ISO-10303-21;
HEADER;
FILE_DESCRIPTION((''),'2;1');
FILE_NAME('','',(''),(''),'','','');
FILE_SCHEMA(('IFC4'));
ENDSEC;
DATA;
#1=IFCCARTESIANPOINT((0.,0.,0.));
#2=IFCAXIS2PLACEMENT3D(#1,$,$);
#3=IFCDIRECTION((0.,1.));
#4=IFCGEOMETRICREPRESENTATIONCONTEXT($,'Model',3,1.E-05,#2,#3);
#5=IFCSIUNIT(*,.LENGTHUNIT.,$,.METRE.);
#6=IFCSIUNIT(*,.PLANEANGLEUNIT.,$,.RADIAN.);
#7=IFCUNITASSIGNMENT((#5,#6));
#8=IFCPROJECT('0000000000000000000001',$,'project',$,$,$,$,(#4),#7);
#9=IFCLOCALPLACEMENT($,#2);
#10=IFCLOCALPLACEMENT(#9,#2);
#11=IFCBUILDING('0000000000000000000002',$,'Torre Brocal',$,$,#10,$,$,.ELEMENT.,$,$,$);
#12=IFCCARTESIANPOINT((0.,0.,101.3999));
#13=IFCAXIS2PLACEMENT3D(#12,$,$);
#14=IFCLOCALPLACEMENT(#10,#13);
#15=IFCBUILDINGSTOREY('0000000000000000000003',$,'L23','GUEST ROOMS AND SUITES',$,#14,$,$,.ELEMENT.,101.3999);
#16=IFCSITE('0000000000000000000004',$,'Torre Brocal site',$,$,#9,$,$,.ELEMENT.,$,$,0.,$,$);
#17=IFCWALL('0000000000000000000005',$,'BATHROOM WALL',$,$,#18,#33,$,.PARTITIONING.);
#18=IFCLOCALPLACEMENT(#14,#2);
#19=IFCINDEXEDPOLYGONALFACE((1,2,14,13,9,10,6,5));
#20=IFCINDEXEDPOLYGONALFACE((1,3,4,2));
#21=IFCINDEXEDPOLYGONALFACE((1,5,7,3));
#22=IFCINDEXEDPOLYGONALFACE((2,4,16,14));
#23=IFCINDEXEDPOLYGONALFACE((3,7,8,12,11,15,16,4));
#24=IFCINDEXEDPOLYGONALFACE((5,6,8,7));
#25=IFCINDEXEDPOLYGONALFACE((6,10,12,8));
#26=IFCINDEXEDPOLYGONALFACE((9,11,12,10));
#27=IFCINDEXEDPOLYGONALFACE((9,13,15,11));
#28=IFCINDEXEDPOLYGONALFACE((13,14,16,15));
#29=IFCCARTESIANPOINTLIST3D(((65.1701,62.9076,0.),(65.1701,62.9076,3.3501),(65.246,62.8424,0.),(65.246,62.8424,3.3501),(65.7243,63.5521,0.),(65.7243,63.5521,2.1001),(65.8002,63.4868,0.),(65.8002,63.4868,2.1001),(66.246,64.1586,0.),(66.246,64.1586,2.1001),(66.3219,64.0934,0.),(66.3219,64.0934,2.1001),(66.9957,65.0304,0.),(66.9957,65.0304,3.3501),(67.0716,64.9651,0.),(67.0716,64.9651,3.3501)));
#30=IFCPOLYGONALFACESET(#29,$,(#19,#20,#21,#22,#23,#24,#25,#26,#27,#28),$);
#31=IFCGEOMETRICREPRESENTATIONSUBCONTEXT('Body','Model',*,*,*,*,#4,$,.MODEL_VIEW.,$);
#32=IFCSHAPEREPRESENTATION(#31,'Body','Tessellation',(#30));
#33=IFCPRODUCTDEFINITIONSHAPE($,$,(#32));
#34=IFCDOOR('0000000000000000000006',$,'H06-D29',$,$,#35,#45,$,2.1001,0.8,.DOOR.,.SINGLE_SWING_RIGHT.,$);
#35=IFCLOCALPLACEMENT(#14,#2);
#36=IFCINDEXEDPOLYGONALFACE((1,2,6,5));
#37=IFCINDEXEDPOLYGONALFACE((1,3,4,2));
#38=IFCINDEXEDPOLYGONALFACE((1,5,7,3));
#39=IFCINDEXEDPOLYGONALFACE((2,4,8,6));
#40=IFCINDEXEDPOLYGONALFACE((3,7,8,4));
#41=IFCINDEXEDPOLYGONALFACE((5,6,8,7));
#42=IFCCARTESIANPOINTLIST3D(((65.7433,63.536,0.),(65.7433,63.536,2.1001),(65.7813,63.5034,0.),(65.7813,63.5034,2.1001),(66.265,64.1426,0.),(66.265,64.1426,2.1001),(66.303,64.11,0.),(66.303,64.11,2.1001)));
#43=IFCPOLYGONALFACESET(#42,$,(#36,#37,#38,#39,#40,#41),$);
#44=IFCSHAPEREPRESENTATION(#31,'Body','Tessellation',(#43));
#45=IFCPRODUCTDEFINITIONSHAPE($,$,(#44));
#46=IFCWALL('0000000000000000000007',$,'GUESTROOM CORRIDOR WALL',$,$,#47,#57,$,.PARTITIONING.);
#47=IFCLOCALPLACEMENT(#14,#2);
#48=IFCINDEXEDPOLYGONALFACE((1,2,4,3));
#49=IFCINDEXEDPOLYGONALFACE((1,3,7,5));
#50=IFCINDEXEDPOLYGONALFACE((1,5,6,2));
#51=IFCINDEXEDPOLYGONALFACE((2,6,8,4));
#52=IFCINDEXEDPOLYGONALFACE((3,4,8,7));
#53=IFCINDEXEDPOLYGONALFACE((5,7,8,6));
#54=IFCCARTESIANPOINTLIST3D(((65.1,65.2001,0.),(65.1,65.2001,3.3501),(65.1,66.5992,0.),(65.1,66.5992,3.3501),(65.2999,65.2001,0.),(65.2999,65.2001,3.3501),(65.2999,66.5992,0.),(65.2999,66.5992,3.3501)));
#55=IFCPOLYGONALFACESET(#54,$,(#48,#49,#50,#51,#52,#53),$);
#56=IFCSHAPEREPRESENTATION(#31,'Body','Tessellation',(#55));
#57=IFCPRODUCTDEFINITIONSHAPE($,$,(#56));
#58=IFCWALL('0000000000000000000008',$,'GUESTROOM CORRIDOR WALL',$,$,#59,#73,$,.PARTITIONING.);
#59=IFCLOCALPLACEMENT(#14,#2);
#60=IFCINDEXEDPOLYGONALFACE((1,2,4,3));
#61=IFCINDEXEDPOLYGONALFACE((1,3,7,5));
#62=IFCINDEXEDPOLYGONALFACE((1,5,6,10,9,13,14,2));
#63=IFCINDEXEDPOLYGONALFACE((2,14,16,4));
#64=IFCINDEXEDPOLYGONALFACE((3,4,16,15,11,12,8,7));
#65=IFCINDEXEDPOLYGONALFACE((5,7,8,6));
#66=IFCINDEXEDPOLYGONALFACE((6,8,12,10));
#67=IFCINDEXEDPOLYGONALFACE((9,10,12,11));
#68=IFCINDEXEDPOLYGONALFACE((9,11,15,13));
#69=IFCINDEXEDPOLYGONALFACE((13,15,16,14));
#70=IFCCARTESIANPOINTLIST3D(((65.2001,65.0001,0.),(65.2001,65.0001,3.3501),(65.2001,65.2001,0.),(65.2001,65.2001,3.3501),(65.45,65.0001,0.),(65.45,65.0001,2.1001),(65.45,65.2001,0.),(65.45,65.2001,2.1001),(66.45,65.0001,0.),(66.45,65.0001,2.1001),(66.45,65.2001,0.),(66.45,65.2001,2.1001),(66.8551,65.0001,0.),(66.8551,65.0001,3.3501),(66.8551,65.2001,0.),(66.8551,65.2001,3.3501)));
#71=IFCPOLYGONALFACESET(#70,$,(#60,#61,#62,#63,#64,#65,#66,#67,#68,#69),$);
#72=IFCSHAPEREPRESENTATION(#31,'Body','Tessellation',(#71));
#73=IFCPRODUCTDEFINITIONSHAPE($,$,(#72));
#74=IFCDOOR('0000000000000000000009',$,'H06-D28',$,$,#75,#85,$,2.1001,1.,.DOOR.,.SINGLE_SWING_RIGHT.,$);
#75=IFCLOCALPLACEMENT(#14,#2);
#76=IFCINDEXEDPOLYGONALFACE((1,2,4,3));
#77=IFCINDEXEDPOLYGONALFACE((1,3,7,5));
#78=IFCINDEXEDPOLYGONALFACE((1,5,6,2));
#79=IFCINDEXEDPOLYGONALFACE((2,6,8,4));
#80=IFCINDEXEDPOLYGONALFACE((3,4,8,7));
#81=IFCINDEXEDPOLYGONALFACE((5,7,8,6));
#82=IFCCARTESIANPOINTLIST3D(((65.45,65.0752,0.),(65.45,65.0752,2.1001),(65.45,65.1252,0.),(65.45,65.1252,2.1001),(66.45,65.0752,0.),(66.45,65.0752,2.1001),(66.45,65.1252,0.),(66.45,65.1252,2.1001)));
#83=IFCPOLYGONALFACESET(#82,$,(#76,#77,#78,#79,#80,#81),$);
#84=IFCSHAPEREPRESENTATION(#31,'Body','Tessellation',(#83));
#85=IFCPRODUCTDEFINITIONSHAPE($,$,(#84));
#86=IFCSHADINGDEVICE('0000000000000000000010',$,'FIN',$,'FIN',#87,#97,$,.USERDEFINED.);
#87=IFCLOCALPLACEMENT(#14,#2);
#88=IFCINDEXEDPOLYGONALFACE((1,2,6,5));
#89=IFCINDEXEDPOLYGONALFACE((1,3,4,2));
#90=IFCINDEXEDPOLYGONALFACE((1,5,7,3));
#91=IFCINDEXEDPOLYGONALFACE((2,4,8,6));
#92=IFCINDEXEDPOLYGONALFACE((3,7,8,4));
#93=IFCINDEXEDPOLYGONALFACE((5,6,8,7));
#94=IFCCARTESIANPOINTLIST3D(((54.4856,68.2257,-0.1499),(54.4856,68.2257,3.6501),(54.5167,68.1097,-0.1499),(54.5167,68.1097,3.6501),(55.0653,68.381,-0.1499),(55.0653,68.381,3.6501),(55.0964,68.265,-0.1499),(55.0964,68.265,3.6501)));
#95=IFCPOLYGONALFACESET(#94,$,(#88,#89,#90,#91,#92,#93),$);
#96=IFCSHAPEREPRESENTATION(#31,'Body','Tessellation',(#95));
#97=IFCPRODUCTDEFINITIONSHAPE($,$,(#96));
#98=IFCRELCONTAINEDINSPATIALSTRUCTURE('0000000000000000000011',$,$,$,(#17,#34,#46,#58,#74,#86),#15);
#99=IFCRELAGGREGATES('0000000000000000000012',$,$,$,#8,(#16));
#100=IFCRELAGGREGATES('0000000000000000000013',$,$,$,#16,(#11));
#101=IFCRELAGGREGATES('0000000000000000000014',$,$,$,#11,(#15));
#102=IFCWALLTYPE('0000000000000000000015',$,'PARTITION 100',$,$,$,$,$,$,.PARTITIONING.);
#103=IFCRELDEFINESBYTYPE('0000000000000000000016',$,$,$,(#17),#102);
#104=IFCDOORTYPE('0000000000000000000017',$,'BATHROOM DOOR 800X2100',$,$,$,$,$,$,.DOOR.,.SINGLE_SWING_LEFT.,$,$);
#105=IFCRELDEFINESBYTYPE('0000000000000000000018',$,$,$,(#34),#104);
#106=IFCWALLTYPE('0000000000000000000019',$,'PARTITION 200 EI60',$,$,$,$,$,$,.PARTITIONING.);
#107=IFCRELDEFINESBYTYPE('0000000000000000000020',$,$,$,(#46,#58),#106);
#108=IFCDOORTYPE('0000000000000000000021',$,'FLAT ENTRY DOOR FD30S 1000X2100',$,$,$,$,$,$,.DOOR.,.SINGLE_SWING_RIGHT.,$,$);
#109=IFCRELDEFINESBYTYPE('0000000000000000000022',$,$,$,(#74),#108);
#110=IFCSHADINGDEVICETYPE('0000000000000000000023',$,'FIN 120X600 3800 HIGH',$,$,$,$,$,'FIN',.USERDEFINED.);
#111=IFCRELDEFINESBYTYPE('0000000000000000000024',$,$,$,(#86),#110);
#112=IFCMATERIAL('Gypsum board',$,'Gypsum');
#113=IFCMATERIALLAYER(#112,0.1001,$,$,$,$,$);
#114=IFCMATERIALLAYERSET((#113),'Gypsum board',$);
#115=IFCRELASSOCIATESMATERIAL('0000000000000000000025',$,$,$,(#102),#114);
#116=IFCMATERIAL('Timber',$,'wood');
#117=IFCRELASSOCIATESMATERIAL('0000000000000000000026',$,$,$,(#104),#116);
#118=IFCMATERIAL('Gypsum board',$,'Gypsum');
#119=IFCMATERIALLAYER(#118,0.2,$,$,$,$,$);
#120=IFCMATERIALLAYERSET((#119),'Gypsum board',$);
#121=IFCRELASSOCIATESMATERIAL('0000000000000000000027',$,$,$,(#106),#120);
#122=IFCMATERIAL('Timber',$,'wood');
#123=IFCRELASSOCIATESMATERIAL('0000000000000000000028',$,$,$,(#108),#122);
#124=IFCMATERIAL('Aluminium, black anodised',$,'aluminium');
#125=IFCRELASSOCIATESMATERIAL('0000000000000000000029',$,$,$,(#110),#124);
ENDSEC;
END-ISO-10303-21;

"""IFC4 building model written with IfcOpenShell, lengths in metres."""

from ifc_helpers import new_model, si_unit, direction, frame, frame_2d, origin, origin_2d, place, context, subcontext, project, spatial, rectangle, extrude, material, layer, layer_set, material_profile, profile_set, type_object, element, fill, save


model = new_model("IFC4")

# Units and contexts
model_context = context("Model", 3, precision=1e-05, world=origin(), true_north=direction((0.0, 1.0)))
body_context = subcontext(model_context, "Body", "Model", "MODEL_VIEW")
ifc_project = project(units=[si_unit("LENGTHUNIT", "METRE"), si_unit("PLANEANGLEUNIT", "RADIAN")], contexts=[model_context])

# Site, building, storey
site_placement = place(None, origin())
site = spatial("IfcSite", under=ifc_project, at=site_placement, Name="Torre Brocal site", CompositionType="ELEMENT", RefElevation=0.0)
building_placement = place(site_placement, origin())
building = spatial("IfcBuilding", under=site, at=building_placement, Name="Torre Brocal", CompositionType="ELEMENT")
storey_placement = place(building_placement, frame((0.0, 0.0, 101.3999)))
storey = spatial("IfcBuildingStorey", under=building, at=storey_placement, Name="L23", Description="GUEST ROOMS AND SUITES", CompositionType="ELEMENT", Elevation=101.3999)

# Shared definitions
ifc_material_1 = material(Name="Gypsum board", Category="Gypsum")
ifc_layer_1 = layer(ifc_material_1, 0.1001)
ifc_layer_set_1 = layer_set([ifc_layer_1], Name="Gypsum board")
wall_type_1 = type_object("IfcWallType", Name="PARTITION 100", PredefinedType="PARTITIONING", material=ifc_layer_set_1)

# Wall, opening, door
wall_1_placement = place(storey_placement, frame((65.208, 62.875, 0.0), z_axis=(0.0, 0.0, 1.0), x_axis=(0.652054, 0.758172, 0.0)))
wall_1 = element("IfcWall", 1, at=wall_1_placement, inside=storey, type_object=wall_type_1, Name="BATHROOM WALL", PredefinedType="PARTITIONING", context=body_context, shape_type="SweptSolid", body=[
    extrude(rectangle(XDim=2.7998, YDim=0.1001, at=frame_2d((1.3999, 0.0))), origin(), (0.0, 0.0, 1.0), 3.3501),
])
opening_1_placement = place(wall_1_placement, frame((0.8501, 0.0, 0.0)))
opening_1 = element("IfcOpeningElement", 2, at=opening_1_placement, cuts=wall_1, PredefinedType="OPENING", context=body_context, shape_type="SweptSolid", body=[
    extrude(rectangle(XDim=0.8, YDim=2.1001, at=frame_2d((0.3999, 1.05))), frame((0.0, 0.0601, 0.0), z_axis=(0.0, -1.0, 0.0), x_axis=(1.0, 0.0, 0.0)), (0.0, 0.0, 1.0), 0.1201),
])
ifc_material_2 = material(Name="Timber", Category="wood")
door_type_1 = type_object("IfcDoorType", Name="BATHROOM DOOR 800X2100", OperationType="SINGLE_SWING_LEFT", PredefinedType="DOOR", material=ifc_material_2)
door_1_placement = place(opening_1_placement, frame((0.8, 0.0, 0.0), z_axis=(0.0, 0.0, 1.0), x_axis=(-1.0, 0.0, 0.0)))
door_1 = element("IfcDoor", 3, at=door_1_placement, inside=storey, type_object=door_type_1, Name="H06-D29", OperationType="SINGLE_SWING_RIGHT", OverallHeight=2.1001, OverallWidth=0.8, PredefinedType="DOOR", context=body_context, shape_type="SweptSolid", body=[
    extrude(rectangle(XDim=0.8, YDim=2.1001, at=frame_2d((0.3999, 1.05))), frame((0.0, 0.0249, 0.0), z_axis=(0.0, -1.0, 0.0), x_axis=(1.0, 0.0, 0.0)), (0.0, 0.0, 1.0), 0.05),
])
fill(opening_1, door_1)

# Wall
ifc_material_3 = material(Name="Gypsum board", Category="Gypsum")
ifc_layer_2 = layer(ifc_material_3, 0.2)
ifc_layer_set_2 = layer_set([ifc_layer_2], Name="Gypsum board")
wall_type_2 = type_object("IfcWallType", Name="PARTITION 200 EI60", PredefinedType="PARTITIONING", material=ifc_layer_set_2)
wall_2_placement = place(storey_placement, frame((65.2, 65.2, 0.0), z_axis=(0.0, 0.0, 1.0), x_axis=(0.0, 1.0, 0.0)))
element("IfcWall", 4, at=wall_2_placement, inside=storey, type_object=wall_type_2, Name="GUESTROOM CORRIDOR WALL", PredefinedType="PARTITIONING", context=body_context, shape_type="SweptSolid", body=[
    extrude(rectangle(XDim=1.3992, YDim=0.2, at=frame_2d((0.6997, 0.0))), origin(), (0.0, 0.0, 1.0), 3.3501),
])

# Wall, opening, door
wall_3_placement = place(storey_placement, frame((65.2, 65.1001, 0.0), z_axis=(0.0, 0.0, 1.0), x_axis=(1.0, 0.0, 0.0)))
wall_3 = element("IfcWall", 5, at=wall_3_placement, inside=storey, type_object=wall_type_2, Name="GUESTROOM CORRIDOR WALL", PredefinedType="PARTITIONING", context=body_context, shape_type="SweptSolid", body=[
    extrude(rectangle(XDim=1.655, YDim=0.2, at=frame_2d((0.8276, 0.0))), origin(), (0.0, 0.0, 1.0), 3.3501),
])
opening_2_placement = place(wall_3_placement, frame((0.25, 0.0, 0.0)))
opening_2 = element("IfcOpeningElement", 6, at=opening_2_placement, cuts=wall_3, PredefinedType="OPENING", context=body_context, shape_type="SweptSolid", body=[
    extrude(rectangle(XDim=1.0, YDim=2.1001, at=frame_2d((0.5, 1.05))), frame((0.0, 0.1099, 0.0), z_axis=(0.0, -1.0, 0.0), x_axis=(1.0, 0.0, 0.0)), (0.0, 0.0, 1.0), 0.22),
])
ifc_material_4 = material(Name="Timber", Category="wood")
door_type_2 = type_object("IfcDoorType", Name="FLAT ENTRY DOOR FD30S 1000X2100", OperationType="SINGLE_SWING_RIGHT", PredefinedType="DOOR", material=ifc_material_4)
door_2_placement = place(opening_2_placement, frame((1.0, 0.0, 0.0), z_axis=(0.0, 0.0, 1.0), x_axis=(-1.0, 0.0, 0.0)))
door_2 = element("IfcDoor", 7, at=door_2_placement, inside=storey, type_object=door_type_2, Name="H06-D28", OperationType="SINGLE_SWING_RIGHT", OverallHeight=2.1001, OverallWidth=1.0, PredefinedType="DOOR", context=body_context, shape_type="SweptSolid", body=[
    extrude(rectangle(XDim=1.0, YDim=2.1001, at=frame_2d((0.5, 1.05))), frame((0.0, 0.0249, 0.0), z_axis=(0.0, -1.0, 0.0), x_axis=(1.0, 0.0, 0.0)), (0.0, 0.0, 1.0), 0.05),
])
fill(opening_2, door_2)

# Shading device
ifc_material_5 = material(Name="Aluminium, black anodised", Category="aluminium")
ifc_material_profile_1 = material_profile(ifc_material_5, rectangle(XDim=0.1201, YDim=0.6001, at=origin_2d()), Name="FIN 120X600 3800 HIGH")
ifc_profile_set_1 = profile_set([ifc_material_profile_1], Name="Aluminium, black anodised")
shading_device_type = type_object("IfcShadingDeviceType", Name="FIN 120X600 3800 HIGH", ElementType="FIN", PredefinedType="USERDEFINED", material=ifc_profile_set_1)
shading_device_placement = place(storey_placement, frame((54.791, 68.2454, -0.1499), z_axis=(0.0, 0.0, 1.0), x_axis=(0.258819, -0.965926, 0.0)))
element("IfcShadingDevice", 8, at=shading_device_placement, inside=storey, type_object=shading_device_type, Name="FIN", ObjectType="FIN", PredefinedType="USERDEFINED", context=body_context, shape_type="SweptSolid", body=[
    extrude(rectangle(XDim=0.1201, YDim=0.6001, at=origin_2d()), origin(), (0.0, 0.0, 1.0), 3.8),
])

save(model, "model.ifc")
